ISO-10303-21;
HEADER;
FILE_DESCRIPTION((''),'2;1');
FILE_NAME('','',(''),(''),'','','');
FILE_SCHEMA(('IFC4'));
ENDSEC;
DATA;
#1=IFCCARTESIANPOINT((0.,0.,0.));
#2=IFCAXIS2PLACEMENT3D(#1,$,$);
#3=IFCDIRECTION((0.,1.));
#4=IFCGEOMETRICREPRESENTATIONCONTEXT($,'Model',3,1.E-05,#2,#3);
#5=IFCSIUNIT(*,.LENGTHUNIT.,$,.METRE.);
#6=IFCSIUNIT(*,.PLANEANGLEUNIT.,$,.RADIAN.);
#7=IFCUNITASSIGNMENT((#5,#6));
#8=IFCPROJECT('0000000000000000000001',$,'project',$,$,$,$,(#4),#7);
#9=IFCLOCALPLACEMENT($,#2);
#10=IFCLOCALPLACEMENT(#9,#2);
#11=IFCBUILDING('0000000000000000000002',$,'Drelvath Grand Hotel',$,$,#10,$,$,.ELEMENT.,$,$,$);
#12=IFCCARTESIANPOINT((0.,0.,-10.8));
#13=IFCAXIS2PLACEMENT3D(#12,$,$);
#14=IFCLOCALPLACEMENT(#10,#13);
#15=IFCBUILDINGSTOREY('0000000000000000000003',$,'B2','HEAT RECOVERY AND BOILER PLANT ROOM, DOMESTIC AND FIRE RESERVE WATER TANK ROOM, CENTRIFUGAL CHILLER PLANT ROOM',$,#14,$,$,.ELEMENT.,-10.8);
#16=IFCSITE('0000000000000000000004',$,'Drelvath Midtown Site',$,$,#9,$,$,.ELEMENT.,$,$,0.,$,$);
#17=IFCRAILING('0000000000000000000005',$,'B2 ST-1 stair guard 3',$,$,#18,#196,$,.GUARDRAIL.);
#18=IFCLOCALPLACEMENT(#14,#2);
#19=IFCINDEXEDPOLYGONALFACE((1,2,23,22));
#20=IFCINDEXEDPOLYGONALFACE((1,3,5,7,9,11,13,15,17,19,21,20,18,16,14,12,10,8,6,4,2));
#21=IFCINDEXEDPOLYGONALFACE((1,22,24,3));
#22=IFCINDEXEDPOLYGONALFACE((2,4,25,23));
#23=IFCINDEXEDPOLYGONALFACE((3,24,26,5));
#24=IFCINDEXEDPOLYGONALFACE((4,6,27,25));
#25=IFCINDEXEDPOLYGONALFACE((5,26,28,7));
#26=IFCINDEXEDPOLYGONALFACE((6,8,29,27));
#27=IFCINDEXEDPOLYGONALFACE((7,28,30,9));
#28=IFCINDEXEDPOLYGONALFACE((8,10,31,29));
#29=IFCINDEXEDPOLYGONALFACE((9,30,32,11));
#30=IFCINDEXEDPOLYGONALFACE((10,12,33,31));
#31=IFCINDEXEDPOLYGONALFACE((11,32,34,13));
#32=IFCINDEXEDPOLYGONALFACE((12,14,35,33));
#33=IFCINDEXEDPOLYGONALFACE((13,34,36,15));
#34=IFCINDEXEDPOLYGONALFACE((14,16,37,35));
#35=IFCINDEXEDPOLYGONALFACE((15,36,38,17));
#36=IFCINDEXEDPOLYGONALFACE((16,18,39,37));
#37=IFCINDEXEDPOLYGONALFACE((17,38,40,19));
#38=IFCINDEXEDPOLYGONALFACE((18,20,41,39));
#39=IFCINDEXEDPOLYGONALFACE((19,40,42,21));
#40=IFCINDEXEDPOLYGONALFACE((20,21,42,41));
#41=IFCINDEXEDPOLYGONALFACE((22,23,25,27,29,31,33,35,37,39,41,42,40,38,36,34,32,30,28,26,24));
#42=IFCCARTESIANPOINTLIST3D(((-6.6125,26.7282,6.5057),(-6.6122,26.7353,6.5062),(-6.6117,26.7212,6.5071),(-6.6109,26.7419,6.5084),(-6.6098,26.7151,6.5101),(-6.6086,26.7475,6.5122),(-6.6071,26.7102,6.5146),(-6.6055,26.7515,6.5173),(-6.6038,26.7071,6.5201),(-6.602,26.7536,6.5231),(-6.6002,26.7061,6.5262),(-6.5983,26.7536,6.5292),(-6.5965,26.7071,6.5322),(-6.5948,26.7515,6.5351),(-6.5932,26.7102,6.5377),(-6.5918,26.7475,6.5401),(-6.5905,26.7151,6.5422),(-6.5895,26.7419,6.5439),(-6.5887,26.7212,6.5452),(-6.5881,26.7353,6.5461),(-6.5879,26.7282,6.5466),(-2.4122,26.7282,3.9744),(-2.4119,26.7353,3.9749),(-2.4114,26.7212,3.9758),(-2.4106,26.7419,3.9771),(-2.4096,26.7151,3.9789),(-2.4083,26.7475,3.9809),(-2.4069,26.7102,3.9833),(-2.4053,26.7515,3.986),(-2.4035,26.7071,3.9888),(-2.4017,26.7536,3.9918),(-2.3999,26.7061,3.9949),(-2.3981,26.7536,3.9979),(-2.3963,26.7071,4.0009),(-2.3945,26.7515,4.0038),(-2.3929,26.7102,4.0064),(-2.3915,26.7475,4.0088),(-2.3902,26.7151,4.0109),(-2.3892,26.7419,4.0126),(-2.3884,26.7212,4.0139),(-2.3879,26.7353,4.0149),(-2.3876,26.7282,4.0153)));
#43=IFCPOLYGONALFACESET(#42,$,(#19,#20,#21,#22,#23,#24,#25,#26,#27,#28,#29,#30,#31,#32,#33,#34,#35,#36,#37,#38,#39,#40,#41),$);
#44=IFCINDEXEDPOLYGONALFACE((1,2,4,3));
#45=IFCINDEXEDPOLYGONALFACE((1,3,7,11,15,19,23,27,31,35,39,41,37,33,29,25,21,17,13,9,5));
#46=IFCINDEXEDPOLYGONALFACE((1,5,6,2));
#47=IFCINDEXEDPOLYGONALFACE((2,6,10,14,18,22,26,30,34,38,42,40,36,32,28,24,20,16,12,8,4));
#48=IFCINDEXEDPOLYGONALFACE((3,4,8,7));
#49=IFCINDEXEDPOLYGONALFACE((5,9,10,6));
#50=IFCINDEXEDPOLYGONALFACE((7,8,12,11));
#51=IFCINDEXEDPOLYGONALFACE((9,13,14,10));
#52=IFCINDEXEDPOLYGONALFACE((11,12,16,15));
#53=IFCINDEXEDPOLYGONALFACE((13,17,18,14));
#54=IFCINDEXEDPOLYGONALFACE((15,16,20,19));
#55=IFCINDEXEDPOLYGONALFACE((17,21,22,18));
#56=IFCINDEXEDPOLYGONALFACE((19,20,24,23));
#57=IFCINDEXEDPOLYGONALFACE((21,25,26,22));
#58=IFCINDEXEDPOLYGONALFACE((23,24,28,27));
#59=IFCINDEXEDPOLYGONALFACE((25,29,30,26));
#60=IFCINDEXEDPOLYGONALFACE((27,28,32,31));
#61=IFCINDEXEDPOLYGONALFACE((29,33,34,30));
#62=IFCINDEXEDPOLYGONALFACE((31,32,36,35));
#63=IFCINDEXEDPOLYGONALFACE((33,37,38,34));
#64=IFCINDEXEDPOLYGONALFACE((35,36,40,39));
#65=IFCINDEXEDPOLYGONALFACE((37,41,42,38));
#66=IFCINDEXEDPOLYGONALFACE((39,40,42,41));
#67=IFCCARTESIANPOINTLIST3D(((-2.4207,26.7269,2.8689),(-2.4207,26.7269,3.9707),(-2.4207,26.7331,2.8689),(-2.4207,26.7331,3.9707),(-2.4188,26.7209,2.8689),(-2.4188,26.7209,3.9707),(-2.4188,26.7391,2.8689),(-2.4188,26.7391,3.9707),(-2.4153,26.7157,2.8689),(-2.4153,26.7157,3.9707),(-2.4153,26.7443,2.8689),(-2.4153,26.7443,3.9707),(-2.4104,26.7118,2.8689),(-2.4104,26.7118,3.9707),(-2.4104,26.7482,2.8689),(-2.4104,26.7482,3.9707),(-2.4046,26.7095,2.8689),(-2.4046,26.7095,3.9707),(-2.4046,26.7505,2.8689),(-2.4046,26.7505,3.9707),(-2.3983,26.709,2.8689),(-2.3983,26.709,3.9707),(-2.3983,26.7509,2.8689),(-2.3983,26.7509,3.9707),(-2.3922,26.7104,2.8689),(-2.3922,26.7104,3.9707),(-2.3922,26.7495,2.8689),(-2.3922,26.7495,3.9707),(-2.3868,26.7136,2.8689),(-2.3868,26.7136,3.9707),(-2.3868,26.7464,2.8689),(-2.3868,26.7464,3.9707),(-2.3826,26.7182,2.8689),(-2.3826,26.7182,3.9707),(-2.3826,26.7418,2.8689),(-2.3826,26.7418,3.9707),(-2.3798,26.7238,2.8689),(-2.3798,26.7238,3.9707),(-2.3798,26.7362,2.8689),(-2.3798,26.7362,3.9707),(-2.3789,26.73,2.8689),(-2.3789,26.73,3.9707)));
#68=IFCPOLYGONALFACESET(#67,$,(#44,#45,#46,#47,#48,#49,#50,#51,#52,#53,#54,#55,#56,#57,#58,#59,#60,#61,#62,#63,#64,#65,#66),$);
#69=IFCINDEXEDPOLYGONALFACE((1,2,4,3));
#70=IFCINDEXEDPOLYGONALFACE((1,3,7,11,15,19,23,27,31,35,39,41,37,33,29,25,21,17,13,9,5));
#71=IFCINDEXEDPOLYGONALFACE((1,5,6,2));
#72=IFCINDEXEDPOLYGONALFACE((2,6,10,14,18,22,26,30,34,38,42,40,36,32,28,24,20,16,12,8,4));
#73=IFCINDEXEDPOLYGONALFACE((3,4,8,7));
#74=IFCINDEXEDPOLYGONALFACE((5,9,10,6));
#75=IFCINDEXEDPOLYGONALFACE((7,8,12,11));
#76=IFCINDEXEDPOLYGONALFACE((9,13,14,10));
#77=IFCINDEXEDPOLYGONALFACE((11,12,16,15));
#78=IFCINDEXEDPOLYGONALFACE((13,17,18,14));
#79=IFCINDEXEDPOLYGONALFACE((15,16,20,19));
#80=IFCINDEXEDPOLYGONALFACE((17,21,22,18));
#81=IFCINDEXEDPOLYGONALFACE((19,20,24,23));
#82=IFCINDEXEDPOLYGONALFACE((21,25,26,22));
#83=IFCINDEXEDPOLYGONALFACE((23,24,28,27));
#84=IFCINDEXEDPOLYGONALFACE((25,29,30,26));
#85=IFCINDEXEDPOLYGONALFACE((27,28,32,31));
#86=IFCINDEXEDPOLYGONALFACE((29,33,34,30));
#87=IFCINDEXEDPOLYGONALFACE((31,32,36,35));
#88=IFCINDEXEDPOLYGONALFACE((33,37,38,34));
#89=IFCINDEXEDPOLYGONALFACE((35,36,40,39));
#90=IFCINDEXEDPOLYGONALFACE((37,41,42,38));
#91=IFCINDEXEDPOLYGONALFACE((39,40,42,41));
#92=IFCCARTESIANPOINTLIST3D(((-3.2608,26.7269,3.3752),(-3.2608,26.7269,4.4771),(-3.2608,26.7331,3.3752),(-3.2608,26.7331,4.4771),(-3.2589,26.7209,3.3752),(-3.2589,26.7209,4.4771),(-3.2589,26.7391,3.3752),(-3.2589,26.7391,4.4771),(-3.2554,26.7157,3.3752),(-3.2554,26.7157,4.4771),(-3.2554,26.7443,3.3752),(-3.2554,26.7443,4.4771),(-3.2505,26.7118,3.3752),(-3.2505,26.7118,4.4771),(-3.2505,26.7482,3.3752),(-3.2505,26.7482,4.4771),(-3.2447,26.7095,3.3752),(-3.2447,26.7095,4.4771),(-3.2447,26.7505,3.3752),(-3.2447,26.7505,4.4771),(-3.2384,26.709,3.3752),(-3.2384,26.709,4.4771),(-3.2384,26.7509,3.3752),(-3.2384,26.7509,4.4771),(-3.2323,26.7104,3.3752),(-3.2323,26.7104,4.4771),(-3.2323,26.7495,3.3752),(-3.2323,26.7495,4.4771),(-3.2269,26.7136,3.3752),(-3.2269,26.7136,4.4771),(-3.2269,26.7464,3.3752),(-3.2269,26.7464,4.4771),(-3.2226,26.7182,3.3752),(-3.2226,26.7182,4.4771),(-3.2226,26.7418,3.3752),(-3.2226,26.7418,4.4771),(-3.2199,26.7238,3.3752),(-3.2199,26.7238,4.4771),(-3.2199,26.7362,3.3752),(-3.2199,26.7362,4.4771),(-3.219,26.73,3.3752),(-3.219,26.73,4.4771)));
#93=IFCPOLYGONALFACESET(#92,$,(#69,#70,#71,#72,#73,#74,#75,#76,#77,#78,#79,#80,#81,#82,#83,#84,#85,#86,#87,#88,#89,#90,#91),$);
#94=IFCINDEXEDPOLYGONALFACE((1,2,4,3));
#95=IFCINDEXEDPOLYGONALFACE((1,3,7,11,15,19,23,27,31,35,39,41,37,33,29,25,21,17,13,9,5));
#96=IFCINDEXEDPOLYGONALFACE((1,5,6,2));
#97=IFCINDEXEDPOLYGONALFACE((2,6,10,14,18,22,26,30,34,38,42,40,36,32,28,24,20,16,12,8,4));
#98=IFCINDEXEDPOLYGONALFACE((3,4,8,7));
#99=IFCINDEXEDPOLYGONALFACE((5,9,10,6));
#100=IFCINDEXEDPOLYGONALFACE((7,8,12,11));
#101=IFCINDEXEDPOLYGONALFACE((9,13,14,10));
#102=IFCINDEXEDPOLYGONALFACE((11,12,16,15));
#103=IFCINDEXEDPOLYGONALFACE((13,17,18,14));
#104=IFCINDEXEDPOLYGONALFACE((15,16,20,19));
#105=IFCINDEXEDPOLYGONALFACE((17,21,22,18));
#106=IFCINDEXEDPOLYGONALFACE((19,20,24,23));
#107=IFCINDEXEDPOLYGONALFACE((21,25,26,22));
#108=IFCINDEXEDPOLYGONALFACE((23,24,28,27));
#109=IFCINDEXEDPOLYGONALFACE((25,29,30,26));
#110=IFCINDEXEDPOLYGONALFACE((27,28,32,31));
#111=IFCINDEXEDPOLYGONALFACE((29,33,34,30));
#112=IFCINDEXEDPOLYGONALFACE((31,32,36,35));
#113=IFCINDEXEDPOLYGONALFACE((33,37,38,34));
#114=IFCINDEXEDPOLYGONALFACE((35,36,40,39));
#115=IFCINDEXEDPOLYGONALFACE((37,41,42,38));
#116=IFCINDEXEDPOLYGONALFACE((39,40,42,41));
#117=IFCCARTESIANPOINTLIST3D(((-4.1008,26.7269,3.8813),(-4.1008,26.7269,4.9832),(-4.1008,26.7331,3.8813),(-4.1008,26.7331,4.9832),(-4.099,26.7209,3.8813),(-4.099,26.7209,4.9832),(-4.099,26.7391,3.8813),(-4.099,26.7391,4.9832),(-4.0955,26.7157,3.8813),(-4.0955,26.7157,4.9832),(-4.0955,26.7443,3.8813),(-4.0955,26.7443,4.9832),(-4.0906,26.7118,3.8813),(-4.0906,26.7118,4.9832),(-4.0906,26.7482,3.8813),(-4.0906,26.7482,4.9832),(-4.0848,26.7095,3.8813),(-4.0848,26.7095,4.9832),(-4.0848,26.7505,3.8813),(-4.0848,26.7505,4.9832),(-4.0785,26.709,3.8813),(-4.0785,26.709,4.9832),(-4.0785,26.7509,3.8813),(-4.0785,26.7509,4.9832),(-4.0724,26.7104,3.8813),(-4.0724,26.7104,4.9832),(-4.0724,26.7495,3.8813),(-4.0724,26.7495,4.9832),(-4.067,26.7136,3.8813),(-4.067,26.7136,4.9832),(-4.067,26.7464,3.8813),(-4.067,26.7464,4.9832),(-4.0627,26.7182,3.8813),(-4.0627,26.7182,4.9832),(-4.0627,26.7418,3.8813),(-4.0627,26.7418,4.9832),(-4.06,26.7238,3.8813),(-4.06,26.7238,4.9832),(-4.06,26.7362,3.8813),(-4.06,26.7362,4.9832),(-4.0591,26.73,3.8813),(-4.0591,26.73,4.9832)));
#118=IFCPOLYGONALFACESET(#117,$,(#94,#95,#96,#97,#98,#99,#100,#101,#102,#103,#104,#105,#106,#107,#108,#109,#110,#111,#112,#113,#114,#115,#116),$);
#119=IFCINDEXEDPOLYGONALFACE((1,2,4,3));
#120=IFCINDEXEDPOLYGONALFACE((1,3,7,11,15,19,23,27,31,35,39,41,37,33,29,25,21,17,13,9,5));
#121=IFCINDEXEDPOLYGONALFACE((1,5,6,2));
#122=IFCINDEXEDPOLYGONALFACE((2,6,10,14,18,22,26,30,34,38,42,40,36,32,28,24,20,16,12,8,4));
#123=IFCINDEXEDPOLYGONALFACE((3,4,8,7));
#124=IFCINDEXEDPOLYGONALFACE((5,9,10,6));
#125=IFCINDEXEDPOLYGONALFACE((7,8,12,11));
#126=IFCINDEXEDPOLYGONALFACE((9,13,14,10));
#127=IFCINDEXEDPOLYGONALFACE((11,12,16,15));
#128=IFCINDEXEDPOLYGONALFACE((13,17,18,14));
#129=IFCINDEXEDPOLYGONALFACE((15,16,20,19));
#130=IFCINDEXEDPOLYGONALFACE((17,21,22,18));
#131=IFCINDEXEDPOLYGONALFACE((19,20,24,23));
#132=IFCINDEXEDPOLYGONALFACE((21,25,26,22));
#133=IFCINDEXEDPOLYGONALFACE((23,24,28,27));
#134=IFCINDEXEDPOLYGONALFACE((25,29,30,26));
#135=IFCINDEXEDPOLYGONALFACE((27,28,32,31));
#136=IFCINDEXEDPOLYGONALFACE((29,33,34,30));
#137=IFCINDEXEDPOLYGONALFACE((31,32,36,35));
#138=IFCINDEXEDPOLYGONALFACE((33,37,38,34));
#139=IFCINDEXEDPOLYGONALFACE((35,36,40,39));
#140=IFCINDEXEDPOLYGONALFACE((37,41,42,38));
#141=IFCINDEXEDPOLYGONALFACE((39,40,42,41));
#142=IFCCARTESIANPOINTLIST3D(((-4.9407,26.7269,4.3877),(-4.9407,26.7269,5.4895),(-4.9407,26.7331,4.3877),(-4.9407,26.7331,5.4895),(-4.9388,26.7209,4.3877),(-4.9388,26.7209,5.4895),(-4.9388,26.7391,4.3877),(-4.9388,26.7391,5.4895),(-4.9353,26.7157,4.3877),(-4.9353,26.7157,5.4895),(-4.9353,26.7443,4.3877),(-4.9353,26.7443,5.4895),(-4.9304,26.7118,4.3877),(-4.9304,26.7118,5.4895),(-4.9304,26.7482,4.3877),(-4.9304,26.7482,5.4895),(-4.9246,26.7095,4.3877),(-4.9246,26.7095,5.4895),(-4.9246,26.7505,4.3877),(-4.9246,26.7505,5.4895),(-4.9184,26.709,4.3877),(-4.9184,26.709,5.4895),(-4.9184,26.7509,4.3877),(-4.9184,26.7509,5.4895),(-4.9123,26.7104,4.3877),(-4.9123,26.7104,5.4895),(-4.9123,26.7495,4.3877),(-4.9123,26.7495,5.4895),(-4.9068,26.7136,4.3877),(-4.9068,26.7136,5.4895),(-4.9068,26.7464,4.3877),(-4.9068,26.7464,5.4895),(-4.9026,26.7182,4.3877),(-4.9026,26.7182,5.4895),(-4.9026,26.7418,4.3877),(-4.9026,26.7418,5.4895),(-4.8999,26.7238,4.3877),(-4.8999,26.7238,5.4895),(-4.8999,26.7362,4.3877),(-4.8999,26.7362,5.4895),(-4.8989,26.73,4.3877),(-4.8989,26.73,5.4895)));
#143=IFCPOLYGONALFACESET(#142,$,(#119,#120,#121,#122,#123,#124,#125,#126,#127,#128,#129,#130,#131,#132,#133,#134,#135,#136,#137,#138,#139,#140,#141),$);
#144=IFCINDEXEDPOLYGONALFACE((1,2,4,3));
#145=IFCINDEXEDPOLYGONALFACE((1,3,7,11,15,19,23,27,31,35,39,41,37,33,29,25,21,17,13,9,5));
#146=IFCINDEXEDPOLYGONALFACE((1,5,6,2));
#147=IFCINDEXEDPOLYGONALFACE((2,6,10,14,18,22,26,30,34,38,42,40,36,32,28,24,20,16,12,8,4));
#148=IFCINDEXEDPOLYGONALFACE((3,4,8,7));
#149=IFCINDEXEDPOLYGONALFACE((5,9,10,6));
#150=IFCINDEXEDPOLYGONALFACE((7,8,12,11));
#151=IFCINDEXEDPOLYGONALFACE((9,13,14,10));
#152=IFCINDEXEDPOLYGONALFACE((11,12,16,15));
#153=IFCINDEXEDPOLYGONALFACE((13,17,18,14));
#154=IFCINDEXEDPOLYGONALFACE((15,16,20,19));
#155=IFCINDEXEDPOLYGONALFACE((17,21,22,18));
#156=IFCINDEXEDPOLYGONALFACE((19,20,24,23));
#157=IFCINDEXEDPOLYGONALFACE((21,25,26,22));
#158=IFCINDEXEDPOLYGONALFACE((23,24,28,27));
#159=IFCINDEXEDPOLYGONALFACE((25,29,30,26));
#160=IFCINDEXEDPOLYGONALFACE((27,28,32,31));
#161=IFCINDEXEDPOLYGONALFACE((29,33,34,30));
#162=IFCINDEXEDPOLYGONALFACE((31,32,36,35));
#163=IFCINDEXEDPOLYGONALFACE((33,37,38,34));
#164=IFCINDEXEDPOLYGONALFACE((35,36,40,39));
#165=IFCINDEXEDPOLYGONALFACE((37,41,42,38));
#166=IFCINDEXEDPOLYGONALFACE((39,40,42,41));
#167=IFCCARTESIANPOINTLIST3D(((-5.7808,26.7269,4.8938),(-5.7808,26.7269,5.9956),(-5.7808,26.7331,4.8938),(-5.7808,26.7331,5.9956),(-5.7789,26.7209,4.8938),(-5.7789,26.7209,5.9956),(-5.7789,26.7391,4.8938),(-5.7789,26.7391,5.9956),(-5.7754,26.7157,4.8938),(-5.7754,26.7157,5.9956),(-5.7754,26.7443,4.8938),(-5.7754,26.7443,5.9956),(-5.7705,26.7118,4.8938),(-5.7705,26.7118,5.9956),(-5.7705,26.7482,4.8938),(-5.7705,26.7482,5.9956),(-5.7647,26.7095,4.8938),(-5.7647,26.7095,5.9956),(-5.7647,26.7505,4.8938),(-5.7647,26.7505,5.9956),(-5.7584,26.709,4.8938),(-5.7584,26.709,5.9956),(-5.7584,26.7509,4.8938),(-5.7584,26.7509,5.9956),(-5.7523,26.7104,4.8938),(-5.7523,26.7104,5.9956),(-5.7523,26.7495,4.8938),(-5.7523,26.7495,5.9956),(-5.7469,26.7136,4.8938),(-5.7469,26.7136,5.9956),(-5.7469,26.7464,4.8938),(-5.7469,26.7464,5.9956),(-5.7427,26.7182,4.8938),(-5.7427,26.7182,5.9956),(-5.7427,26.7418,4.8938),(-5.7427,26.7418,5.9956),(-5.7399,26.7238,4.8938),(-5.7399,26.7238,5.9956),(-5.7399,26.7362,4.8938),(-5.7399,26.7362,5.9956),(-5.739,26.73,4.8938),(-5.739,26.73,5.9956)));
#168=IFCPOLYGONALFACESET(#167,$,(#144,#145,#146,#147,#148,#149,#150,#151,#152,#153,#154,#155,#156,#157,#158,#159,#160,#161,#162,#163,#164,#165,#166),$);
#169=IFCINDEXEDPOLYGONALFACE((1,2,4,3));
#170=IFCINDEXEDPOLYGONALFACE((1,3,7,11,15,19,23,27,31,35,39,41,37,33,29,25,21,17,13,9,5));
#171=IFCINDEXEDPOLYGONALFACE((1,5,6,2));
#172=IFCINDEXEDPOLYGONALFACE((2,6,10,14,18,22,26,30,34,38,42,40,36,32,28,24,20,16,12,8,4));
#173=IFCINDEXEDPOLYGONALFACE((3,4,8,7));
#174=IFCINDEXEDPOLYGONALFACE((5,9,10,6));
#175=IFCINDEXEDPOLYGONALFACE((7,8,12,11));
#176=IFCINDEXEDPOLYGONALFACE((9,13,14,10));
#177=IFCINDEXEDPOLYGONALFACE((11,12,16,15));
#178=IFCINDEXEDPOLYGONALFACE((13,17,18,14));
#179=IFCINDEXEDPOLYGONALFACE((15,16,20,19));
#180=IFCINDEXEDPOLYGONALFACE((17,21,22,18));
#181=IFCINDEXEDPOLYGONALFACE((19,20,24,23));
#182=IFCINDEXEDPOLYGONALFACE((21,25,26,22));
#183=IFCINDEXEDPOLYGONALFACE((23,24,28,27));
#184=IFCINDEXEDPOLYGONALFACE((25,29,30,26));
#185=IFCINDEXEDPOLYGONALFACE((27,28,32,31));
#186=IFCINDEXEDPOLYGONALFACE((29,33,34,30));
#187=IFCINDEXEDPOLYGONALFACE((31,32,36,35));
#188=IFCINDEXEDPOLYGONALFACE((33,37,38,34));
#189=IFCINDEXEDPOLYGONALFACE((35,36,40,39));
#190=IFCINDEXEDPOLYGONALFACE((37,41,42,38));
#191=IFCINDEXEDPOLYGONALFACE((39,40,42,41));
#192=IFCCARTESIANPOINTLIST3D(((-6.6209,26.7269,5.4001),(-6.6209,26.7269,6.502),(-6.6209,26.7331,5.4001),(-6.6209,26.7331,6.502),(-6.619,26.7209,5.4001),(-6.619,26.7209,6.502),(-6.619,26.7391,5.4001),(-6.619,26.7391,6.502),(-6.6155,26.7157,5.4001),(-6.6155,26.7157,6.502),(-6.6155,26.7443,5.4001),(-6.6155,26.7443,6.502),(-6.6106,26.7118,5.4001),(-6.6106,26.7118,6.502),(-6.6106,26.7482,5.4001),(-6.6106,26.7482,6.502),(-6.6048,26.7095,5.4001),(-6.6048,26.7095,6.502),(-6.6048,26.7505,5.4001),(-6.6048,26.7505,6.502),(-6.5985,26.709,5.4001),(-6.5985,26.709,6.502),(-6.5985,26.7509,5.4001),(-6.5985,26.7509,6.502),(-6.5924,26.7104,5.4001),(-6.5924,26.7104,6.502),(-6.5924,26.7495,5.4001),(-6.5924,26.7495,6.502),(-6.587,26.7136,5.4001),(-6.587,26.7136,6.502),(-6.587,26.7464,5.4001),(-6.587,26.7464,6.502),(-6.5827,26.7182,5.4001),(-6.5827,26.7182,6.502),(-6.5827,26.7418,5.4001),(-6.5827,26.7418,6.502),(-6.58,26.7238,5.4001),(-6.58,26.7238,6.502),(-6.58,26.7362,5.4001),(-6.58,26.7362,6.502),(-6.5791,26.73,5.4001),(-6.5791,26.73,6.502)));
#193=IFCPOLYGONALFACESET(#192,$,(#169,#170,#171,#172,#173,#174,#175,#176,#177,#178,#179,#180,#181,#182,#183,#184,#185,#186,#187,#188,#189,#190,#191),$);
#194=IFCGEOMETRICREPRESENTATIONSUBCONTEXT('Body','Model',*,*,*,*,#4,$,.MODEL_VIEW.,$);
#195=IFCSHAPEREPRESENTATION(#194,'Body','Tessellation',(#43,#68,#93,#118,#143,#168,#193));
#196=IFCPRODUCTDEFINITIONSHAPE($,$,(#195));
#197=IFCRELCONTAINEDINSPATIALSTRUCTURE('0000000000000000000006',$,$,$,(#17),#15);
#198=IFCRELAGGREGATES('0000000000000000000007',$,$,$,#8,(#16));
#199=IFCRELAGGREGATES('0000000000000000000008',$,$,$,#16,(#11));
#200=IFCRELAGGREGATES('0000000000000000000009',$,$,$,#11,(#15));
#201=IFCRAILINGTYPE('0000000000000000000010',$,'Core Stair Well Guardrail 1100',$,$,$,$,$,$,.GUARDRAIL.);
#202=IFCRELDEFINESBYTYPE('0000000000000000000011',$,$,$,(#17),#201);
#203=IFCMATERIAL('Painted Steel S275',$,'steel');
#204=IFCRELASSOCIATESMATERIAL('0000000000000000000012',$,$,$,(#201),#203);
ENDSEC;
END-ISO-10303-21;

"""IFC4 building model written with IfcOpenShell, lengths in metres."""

from ifc_helpers import new_model, si_unit, direction, frame, origin, origin_2d, place, context, subcontext, project, spatial, circle, extrude, material, type_object, element, save


model = new_model("IFC4")

# Units and contexts
model_context = context("Model", 3, precision=1e-05, world=origin(), true_north=direction((0.0, 1.0)))
body_context = subcontext(model_context, "Body", "Model", "MODEL_VIEW")
ifc_project = project(units=[si_unit("LENGTHUNIT", "METRE"), si_unit("PLANEANGLEUNIT", "RADIAN")], contexts=[model_context])

# Site, building, storey
site_placement = place(None, origin())
site = spatial("IfcSite", under=ifc_project, at=site_placement, Name="Drelvath Midtown Site", CompositionType="ELEMENT", RefElevation=0.0)
building_placement = place(site_placement, origin())
building = spatial("IfcBuilding", under=site, at=building_placement, Name="Drelvath Grand Hotel", CompositionType="ELEMENT")
storey_placement = place(building_placement, frame((0.0, 0.0, -10.8)))
storey = spatial("IfcBuildingStorey", under=building, at=storey_placement, Name="B2", Description="HEAT RECOVERY AND BOILER PLANT ROOM, DOMESTIC AND FIRE RESERVE WATER TANK ROOM, CENTRIFUGAL CHILLER PLANT ROOM", CompositionType="ELEMENT", Elevation=-10.8)

# Shared definitions
ifc_material_1 = material(Name="Painted Steel S275", Category="steel")

# Railing
railing_type_1 = type_object("IfcRailingType", Name="Core Stair Well Guardrail 1100", PredefinedType="GUARDRAIL", material=ifc_material_1)
railing_1_placement = place(storey_placement, frame((-2.3999, 26.73, 2.8689)))
element("IfcRailing", 1, at=railing_1_placement, inside=storey, type_object=railing_type_1, Name="B2 ST-1 stair guard 3", PredefinedType="GUARDRAIL", context=body_context, shape_type="SweptSolid", body=[
    extrude(circle(Radius=0.0239, at=origin_2d()), frame((0.0, 0.0, 1.126), z_axis=(-0.85649, 0.0, 0.516164), x_axis=(0.0, -1.0, 0.0)), (0.0, 0.0, 1.0), 4.9041),
    extrude(circle(Radius=0.021, at=origin_2d()), origin(), (0.0, 0.0, 1.0), 1.1018),
    extrude(circle(Radius=0.021, at=origin_2d()), frame((-0.8401, 0.0, 0.5063)), (0.0, 0.0, 1.0), 1.1018),
    extrude(circle(Radius=0.021, at=origin_2d()), frame((-1.6802, 0.0, 1.0125)), (0.0, 0.0, 1.0), 1.1018),
    extrude(circle(Radius=0.021, at=origin_2d()), frame((-2.52, 0.0, 1.5188)), (0.0, 0.0, 1.0), 1.1018),
    extrude(circle(Radius=0.021, at=origin_2d()), frame((-3.3601, 0.0, 2.0249)), (0.0, 0.0, 1.0), 1.1018),
    extrude(circle(Radius=0.021, at=origin_2d()), frame((-4.2002, 0.0, 2.5312)), (0.0, 0.0, 1.0), 1.1018),
])

save(model, "model.ifc")
